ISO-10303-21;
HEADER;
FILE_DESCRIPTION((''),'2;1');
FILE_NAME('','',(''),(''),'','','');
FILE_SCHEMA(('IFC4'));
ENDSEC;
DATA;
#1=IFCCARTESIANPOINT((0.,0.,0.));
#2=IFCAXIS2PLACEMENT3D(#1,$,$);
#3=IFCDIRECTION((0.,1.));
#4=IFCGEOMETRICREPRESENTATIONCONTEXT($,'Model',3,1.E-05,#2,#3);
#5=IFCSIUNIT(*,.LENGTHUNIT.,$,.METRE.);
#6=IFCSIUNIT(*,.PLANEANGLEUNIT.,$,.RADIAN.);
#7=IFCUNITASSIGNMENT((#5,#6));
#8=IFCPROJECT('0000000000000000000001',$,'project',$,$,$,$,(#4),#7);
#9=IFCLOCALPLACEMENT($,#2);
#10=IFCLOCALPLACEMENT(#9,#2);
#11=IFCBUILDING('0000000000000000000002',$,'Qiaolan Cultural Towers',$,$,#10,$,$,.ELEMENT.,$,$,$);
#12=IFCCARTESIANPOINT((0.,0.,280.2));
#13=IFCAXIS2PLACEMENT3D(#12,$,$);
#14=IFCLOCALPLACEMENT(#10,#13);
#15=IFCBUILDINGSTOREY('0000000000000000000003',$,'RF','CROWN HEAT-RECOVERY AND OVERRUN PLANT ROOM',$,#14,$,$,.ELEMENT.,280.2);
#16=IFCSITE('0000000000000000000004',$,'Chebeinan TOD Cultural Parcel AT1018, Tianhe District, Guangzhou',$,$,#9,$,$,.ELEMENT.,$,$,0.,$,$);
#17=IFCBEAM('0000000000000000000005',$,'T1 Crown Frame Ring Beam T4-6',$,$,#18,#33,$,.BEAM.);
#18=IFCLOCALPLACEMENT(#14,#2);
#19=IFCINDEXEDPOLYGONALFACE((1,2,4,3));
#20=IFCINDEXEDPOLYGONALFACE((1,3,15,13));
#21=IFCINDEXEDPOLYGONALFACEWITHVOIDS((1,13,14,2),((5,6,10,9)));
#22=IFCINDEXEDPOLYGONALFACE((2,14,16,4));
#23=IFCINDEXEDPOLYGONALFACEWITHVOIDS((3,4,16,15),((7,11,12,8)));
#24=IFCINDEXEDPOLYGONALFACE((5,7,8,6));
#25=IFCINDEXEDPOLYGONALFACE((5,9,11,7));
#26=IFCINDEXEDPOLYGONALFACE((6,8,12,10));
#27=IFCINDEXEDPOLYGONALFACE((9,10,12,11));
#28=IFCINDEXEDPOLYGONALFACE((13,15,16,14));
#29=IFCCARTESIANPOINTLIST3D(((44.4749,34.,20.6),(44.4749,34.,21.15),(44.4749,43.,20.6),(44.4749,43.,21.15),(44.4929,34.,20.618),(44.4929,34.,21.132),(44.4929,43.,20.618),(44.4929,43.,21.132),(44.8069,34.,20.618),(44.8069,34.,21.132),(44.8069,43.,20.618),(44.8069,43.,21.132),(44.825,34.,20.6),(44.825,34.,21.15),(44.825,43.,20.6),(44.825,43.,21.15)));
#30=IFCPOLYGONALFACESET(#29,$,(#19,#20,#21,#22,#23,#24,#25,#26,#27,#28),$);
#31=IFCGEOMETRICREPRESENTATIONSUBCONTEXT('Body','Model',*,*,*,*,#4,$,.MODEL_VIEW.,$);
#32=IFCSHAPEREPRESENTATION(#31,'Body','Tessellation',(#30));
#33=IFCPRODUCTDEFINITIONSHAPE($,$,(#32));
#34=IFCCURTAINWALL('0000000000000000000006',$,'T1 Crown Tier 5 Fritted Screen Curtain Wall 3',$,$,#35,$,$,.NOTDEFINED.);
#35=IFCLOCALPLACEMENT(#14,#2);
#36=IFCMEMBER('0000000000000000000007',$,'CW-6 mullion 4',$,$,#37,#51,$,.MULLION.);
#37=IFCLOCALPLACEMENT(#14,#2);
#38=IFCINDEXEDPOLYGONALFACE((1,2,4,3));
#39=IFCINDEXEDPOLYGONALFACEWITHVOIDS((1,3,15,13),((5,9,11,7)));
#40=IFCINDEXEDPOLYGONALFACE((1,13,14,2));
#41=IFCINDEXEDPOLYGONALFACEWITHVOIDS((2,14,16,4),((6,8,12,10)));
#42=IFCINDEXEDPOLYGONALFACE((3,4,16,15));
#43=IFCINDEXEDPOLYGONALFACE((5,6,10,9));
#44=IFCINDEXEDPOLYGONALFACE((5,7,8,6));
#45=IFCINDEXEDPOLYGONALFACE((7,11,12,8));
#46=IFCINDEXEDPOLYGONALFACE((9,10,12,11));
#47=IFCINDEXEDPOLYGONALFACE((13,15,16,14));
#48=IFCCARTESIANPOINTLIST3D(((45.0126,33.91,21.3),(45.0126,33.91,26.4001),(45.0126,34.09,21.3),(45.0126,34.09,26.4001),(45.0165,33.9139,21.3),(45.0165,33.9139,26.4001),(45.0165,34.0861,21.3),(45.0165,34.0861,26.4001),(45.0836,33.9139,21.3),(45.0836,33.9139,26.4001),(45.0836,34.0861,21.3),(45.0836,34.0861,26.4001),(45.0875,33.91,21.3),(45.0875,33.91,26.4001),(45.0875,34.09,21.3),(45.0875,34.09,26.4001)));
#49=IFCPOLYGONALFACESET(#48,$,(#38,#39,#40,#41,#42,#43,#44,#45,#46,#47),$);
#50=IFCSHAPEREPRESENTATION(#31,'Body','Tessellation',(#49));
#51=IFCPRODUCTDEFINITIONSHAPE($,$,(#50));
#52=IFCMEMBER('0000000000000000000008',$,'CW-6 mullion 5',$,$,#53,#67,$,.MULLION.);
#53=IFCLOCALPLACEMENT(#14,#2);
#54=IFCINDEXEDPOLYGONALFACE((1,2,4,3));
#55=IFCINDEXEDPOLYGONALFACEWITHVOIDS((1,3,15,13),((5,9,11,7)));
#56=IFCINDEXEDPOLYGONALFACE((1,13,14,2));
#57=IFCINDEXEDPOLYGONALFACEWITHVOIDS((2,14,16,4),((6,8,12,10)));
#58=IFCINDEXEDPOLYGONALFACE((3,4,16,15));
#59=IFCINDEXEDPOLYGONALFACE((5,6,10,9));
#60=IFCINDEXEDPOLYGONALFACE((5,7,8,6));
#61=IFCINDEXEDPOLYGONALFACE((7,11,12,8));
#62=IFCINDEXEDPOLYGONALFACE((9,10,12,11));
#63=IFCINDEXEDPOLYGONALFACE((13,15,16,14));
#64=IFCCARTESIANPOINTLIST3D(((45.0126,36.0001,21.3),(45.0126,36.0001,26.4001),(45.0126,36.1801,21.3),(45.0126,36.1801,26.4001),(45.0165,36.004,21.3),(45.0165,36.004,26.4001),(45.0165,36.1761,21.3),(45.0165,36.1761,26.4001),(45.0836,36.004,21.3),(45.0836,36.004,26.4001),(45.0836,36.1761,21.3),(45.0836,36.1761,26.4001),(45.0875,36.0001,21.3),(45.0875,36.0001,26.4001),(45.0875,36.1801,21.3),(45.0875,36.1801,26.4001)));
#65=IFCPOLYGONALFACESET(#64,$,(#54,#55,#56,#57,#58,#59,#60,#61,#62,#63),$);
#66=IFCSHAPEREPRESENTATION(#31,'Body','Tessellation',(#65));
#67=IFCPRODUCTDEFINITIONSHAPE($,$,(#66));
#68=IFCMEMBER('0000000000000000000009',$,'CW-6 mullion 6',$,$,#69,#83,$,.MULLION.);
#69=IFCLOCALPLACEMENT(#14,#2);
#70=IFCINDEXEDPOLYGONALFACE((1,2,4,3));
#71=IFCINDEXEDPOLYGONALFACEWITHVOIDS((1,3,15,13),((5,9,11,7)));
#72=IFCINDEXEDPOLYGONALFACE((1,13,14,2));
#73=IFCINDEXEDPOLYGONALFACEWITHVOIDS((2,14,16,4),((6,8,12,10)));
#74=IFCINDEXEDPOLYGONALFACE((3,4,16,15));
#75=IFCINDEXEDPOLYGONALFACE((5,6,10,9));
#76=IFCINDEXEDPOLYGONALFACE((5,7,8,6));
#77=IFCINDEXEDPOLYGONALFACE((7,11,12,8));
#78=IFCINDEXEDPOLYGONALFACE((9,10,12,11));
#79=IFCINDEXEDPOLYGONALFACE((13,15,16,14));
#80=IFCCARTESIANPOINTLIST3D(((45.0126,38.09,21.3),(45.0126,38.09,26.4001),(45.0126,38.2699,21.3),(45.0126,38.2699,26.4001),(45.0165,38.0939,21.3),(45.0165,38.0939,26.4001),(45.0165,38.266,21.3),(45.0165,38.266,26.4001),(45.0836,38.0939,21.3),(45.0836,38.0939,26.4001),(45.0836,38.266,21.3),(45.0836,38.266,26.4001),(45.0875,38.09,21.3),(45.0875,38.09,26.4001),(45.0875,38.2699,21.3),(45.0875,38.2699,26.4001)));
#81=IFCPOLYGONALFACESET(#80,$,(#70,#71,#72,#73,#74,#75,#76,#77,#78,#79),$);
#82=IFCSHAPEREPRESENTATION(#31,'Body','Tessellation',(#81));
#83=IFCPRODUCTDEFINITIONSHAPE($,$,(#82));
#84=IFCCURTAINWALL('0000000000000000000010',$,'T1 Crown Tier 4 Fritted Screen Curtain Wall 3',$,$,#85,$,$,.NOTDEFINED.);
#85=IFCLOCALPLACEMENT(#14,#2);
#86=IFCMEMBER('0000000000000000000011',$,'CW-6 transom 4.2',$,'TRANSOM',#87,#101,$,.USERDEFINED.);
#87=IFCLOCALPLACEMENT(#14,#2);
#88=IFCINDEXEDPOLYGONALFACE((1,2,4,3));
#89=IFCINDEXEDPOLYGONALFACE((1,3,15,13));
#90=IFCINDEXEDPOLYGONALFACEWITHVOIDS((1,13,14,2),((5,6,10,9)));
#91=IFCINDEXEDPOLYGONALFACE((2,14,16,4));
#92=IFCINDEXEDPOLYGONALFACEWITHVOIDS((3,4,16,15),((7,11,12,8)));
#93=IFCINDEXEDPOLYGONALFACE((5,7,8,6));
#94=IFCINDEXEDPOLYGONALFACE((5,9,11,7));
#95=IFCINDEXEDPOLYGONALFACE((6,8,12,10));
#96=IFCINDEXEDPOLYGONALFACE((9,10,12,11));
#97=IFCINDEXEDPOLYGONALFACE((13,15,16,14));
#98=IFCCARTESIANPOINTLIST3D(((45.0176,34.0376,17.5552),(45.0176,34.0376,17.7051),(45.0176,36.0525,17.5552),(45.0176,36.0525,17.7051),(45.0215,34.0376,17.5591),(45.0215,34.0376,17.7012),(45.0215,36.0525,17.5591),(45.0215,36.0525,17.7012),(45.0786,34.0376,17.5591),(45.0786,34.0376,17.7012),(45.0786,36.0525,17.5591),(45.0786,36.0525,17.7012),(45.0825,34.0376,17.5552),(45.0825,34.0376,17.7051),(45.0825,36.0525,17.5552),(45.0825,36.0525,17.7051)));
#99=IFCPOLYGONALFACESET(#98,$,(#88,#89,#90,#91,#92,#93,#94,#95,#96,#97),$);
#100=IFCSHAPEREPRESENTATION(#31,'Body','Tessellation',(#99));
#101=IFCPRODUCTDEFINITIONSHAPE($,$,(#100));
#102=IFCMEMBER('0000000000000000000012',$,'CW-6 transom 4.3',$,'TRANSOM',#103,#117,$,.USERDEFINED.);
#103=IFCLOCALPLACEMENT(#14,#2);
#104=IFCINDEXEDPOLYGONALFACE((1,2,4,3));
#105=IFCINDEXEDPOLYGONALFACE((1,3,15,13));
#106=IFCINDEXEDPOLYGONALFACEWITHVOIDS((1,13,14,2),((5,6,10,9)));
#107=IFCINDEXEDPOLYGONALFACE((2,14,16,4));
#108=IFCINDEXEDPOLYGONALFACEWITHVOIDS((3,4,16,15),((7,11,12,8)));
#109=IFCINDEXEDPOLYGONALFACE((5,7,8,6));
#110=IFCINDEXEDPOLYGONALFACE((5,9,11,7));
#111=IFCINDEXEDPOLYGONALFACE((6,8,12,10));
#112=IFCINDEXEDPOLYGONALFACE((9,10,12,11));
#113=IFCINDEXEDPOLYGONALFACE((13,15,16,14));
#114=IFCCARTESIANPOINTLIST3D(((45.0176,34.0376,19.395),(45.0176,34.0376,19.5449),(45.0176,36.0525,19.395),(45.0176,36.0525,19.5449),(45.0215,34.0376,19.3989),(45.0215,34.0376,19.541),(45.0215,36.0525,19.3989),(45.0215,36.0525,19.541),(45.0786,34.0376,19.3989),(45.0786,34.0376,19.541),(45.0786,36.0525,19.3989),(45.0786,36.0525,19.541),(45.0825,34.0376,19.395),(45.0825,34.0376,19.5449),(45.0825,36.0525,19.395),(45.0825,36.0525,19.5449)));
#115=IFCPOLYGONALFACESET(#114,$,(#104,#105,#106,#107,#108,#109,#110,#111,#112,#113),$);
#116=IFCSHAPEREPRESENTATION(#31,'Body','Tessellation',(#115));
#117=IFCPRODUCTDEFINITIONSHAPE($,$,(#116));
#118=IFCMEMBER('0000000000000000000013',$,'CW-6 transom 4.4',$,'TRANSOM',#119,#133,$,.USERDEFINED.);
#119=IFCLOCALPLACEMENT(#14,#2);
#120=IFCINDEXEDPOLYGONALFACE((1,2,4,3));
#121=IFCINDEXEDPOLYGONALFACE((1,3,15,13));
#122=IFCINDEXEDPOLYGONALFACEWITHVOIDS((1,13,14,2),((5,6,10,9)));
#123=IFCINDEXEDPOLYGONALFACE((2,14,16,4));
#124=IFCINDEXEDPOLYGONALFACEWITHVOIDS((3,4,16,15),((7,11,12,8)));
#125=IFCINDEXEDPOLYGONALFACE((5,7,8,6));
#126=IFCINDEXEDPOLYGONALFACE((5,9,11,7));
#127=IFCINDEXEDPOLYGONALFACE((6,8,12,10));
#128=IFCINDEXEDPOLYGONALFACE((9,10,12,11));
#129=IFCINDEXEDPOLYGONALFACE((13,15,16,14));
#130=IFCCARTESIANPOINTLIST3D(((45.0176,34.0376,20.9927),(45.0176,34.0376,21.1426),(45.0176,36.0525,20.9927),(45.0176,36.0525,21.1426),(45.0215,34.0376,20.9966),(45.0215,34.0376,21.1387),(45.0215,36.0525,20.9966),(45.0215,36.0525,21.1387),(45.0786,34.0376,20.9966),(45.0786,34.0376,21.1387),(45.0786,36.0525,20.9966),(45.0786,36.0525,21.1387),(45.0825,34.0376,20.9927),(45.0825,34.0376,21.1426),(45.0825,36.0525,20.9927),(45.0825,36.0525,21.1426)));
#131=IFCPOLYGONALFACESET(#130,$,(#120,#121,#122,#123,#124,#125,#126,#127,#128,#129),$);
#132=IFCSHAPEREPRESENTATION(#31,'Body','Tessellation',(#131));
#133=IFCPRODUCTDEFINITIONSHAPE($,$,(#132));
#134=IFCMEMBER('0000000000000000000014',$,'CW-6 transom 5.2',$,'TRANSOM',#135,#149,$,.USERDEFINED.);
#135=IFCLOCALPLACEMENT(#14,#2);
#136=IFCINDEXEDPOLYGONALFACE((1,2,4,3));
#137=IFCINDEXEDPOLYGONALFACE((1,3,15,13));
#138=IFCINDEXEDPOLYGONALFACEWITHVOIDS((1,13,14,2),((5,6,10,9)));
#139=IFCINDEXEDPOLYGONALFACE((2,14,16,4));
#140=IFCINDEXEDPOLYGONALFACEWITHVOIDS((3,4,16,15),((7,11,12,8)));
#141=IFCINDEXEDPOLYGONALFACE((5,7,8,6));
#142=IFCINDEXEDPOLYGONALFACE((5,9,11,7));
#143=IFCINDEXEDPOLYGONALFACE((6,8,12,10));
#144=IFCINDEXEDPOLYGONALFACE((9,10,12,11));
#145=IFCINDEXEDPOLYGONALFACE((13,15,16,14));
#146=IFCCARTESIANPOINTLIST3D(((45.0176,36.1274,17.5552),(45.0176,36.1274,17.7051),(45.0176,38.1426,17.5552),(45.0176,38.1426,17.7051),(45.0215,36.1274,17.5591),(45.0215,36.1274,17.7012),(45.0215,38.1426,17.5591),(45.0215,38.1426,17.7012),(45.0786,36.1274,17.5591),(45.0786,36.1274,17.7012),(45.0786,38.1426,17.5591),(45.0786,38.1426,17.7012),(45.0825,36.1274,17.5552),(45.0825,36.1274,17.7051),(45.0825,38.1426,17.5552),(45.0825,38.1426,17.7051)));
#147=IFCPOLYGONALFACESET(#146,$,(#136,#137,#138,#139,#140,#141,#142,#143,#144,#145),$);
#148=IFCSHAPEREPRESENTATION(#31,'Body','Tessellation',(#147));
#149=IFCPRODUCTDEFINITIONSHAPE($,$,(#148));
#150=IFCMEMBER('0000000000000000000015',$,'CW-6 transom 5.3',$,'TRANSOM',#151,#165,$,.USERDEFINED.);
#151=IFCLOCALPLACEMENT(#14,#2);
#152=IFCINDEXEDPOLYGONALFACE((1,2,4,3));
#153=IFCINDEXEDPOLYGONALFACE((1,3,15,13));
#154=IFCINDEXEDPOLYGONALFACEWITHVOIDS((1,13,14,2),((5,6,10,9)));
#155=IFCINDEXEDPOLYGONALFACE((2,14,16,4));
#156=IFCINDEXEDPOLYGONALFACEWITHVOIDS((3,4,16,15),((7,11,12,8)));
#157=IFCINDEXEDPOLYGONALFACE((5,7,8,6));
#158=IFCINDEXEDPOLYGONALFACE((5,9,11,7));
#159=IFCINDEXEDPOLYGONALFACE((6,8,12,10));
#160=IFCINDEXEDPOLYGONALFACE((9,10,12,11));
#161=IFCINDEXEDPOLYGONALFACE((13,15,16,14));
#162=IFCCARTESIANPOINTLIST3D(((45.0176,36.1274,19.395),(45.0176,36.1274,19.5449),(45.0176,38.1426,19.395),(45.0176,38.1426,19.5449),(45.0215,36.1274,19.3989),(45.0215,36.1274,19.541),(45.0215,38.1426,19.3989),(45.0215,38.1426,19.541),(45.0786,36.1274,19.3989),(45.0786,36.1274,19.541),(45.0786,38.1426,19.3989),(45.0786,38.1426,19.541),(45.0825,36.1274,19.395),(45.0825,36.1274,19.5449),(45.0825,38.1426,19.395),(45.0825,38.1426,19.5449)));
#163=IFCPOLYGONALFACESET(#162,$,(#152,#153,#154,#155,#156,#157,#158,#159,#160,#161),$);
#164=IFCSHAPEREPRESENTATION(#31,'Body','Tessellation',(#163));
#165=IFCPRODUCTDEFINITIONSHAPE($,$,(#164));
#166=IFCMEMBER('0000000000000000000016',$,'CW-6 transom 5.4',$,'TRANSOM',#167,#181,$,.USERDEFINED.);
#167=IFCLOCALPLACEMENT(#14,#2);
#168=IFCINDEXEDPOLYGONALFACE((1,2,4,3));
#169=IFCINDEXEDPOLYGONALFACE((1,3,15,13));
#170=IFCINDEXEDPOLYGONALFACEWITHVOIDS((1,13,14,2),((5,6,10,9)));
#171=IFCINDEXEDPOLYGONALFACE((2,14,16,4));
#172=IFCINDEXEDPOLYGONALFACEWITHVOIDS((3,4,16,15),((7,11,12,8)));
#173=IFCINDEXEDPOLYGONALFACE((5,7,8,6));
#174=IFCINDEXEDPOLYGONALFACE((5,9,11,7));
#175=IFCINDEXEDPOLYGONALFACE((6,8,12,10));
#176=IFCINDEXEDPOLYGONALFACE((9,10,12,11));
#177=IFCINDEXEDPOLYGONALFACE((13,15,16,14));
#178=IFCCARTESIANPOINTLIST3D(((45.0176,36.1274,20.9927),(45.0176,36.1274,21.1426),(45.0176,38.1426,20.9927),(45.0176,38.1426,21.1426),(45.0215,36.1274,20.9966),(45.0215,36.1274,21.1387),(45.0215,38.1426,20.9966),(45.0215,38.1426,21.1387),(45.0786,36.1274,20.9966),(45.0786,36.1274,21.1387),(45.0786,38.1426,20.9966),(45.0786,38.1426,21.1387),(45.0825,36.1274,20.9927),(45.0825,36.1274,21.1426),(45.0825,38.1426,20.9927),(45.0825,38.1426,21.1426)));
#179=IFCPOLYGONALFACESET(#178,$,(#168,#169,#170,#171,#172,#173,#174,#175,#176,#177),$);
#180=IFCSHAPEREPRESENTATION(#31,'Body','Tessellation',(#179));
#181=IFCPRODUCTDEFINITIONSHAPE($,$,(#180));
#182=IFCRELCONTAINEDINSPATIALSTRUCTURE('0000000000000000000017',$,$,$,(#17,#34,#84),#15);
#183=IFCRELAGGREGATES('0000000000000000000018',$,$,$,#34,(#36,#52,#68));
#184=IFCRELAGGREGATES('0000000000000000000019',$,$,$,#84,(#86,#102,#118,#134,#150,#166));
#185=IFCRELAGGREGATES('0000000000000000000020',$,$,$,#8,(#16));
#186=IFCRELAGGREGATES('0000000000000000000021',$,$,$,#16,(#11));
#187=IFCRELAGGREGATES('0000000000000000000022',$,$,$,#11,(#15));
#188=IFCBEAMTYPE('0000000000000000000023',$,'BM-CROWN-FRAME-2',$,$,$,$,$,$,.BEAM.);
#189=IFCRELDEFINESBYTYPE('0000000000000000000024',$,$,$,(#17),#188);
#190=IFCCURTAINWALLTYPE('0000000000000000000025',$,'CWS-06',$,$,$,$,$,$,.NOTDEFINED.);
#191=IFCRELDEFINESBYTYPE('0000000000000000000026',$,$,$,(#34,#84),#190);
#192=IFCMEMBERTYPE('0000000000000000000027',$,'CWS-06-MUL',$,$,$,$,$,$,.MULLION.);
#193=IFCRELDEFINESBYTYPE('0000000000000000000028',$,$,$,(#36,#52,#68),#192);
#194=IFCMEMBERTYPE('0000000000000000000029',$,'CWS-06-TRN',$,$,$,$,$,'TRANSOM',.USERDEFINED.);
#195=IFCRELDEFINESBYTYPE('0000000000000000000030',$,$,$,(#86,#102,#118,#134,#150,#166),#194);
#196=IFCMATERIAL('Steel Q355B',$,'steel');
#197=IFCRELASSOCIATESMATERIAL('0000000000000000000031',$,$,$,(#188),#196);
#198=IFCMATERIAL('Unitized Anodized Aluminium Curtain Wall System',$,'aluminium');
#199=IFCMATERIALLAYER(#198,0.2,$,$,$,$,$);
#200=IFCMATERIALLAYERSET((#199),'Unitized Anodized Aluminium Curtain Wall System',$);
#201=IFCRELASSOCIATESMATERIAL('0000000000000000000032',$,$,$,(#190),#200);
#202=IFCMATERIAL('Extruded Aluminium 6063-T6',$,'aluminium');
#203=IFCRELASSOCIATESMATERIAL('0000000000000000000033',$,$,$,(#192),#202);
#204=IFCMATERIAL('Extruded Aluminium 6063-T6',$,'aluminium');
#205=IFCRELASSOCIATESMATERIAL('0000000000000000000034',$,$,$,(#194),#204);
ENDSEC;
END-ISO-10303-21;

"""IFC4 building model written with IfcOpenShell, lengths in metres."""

from ifc_helpers import new_model, si_unit, direction, frame, origin, origin_2d, place, context, subcontext, project, spatial, hollow_rectangle, extrude, material, layer, layer_set, material_profile, profile_set, type_object, element, aggregate, save


model = new_model("IFC4")

# Units and contexts
model_context = context("Model", 3, precision=1e-05, world=origin(), true_north=direction((0.0, 1.0)))
body_context = subcontext(model_context, "Body", "Model", "MODEL_VIEW")
ifc_project = project(units=[si_unit("LENGTHUNIT", "METRE"), si_unit("PLANEANGLEUNIT", "RADIAN")], contexts=[model_context])

# Site, building, storey
site_placement = place(None, origin())
site = spatial("IfcSite", under=ifc_project, at=site_placement, Name="Chebeinan TOD Cultural Parcel AT1018, Tianhe District, Guangzhou", CompositionType="ELEMENT", RefElevation=0.0)
building_placement = place(site_placement, origin())
building = spatial("IfcBuilding", under=site, at=building_placement, Name="Qiaolan Cultural Towers", CompositionType="ELEMENT")
storey_placement = place(building_placement, frame((0.0, 0.0, 280.2)))
storey = spatial("IfcBuildingStorey", under=building, at=storey_placement, Name="RF", Description="CROWN HEAT-RECOVERY AND OVERRUN PLANT ROOM", CompositionType="ELEMENT", Elevation=280.2)

# Beam
ifc_material_1 = material(Name="Steel Q355B", Category="steel")
ifc_material_profile_1 = material_profile(ifc_material_1, hollow_rectangle(XDim=0.3501, YDim=0.55, WallThickness=0.0181, at=origin_2d()), Name="BOX550x350x18")
ifc_profile_set_1 = profile_set([ifc_material_profile_1], Name="Steel Q355B")
beam_type = type_object("IfcBeamType", Name="BM-CROWN-FRAME-2", PredefinedType="BEAM", material=ifc_profile_set_1)
beam_placement = place(storey_placement, frame((44.6499, 34.0, 20.875), z_axis=(0.0, 1.0, 0.0), x_axis=(-1.0, 0.0, 0.0)))
element("IfcBeam", 1, at=beam_placement, inside=storey, type_object=beam_type, Name="T1 Crown Frame Ring Beam T4-6", PredefinedType="BEAM", context=body_context, shape_type="SweptSolid", body=[
    extrude(hollow_rectangle(XDim=0.3501, YDim=0.55, WallThickness=0.0181, at=origin_2d()), origin(), (0.0, 0.0, 1.0), 9.0),
])

# Curtain walls, members
ifc_material_2 = material(Name="Unitized Anodized Aluminium Curtain Wall System", Category="aluminium")
ifc_layer_1 = layer(ifc_material_2, 0.2)
ifc_layer_set_1 = layer_set([ifc_layer_1], Name="Unitized Anodized Aluminium Curtain Wall System")
curtain_wall_type = type_object("IfcCurtainWallType", Name="CWS-06", PredefinedType="NOTDEFINED", material=ifc_layer_set_1)
curtain_wall_1_placement = place(storey_placement, origin())
curtain_wall_1 = element("IfcCurtainWall", 2, at=curtain_wall_1_placement, inside=storey, type_object=curtain_wall_type, Name="T1 Crown Tier 5 Fritted Screen Curtain Wall 3", PredefinedType="NOTDEFINED")
ifc_material_3 = material(Name="Extruded Aluminium 6063-T6", Category="aluminium")
ifc_material_profile_2 = material_profile(ifc_material_3, hollow_rectangle(XDim=0.075, YDim=0.1799, WallThickness=0.0039, at=origin_2d()), Name="CWM-180x75x4")
ifc_profile_set_2 = profile_set([ifc_material_profile_2], Name="Extruded Aluminium 6063-T6")
member_type_1 = type_object("IfcMemberType", Name="CWS-06-MUL", PredefinedType="MULLION", material=ifc_profile_set_2)
member_1_placement = place(storey_placement, frame((45.05, 34.0, 21.3), z_axis=(0.0, 0.0, 1.0), x_axis=(-1.0, 0.0, 0.0)))
member_1 = element("IfcMember", 3, at=member_1_placement, type_object=member_type_1, Name="CW-6 mullion 4", PredefinedType="MULLION", context=body_context, shape_type="SweptSolid", body=[
    extrude(hollow_rectangle(XDim=0.075, YDim=0.1799, WallThickness=0.0039, at=origin_2d()), origin(), (0.0, 0.0, 1.0), 5.1001),
])
member_2_placement = place(storey_placement, frame((45.05, 36.0901, 21.3), z_axis=(0.0, 0.0, 1.0), x_axis=(-1.0, 0.0, 0.0)))
member_2 = element("IfcMember", 4, at=member_2_placement, type_object=member_type_1, Name="CW-6 mullion 5", PredefinedType="MULLION", context=body_context, shape_type="SweptSolid", body=[
    extrude(hollow_rectangle(XDim=0.075, YDim=0.1799, WallThickness=0.0039, at=origin_2d()), origin(), (0.0, 0.0, 1.0), 5.1001),
])
member_3_placement = place(storey_placement, frame((45.05, 38.1799, 21.3), z_axis=(0.0, 0.0, 1.0), x_axis=(-1.0, 0.0, 0.0)))
member_3 = element("IfcMember", 5, at=member_3_placement, type_object=member_type_1, Name="CW-6 mullion 6", PredefinedType="MULLION", context=body_context, shape_type="SweptSolid", body=[
    extrude(hollow_rectangle(XDim=0.075, YDim=0.1799, WallThickness=0.0039, at=origin_2d()), origin(), (0.0, 0.0, 1.0), 5.1001),
])
curtain_wall_2_placement = place(storey_placement, origin())
curtain_wall_2 = element("IfcCurtainWall", 6, at=curtain_wall_2_placement, inside=storey, type_object=curtain_wall_type, Name="T1 Crown Tier 4 Fritted Screen Curtain Wall 3", PredefinedType="NOTDEFINED")
ifc_material_4 = material(Name="Extruded Aluminium 6063-T6", Category="aluminium")
ifc_material_profile_3 = material_profile(ifc_material_4, hollow_rectangle(XDim=0.0649, YDim=0.1499, WallThickness=0.0039, at=origin_2d()), Name="CWT-150x65x4")
ifc_profile_set_3 = profile_set([ifc_material_profile_3], Name="Extruded Aluminium 6063-T6")
member_type_2 = type_object("IfcMemberType", Name="CWS-06-TRN", ElementType="TRANSOM", PredefinedType="USERDEFINED", material=ifc_profile_set_3)
member_4_placement = place(storey_placement, frame((45.05, 34.0376, 17.6301), z_axis=(0.0, 1.0, 0.0), x_axis=(-1.0, 0.0, 0.0)))
member_4 = element("IfcMember", 7, at=member_4_placement, type_object=member_type_2, Name="CW-6 transom 4.2", ObjectType="TRANSOM", PredefinedType="USERDEFINED", context=body_context, shape_type="SweptSolid", body=[
    extrude(hollow_rectangle(XDim=0.0649, YDim=0.1499, WallThickness=0.0039, at=origin_2d()), origin(), (0.0, 0.0, 1.0), 2.0149),
])
member_5_placement = place(storey_placement, frame((45.05, 34.0376, 19.47), z_axis=(0.0, 1.0, 0.0), x_axis=(-1.0, 0.0, 0.0)))
member_5 = element("IfcMember", 8, at=member_5_placement, type_object=member_type_2, Name="CW-6 transom 4.3", ObjectType="TRANSOM", PredefinedType="USERDEFINED", context=body_context, shape_type="SweptSolid", body=[
    extrude(hollow_rectangle(XDim=0.0649, YDim=0.1499, WallThickness=0.0039, at=origin_2d()), origin(), (0.0, 0.0, 1.0), 2.0149),
])
member_6_placement = place(storey_placement, frame((45.05, 34.0376, 21.0676), z_axis=(0.0, 1.0, 0.0), x_axis=(-1.0, 0.0, 0.0)))
member_6 = element("IfcMember", 9, at=member_6_placement, type_object=member_type_2, Name="CW-6 transom 4.4", ObjectType="TRANSOM", PredefinedType="USERDEFINED", context=body_context, shape_type="SweptSolid", body=[
    extrude(hollow_rectangle(XDim=0.0649, YDim=0.1499, WallThickness=0.0039, at=origin_2d()), origin(), (0.0, 0.0, 1.0), 2.0149),
])
member_7_placement = place(storey_placement, frame((45.05, 36.1274, 17.6301), z_axis=(0.0, 1.0, 0.0), x_axis=(-1.0, 0.0, 0.0)))
member_7 = element("IfcMember", 10, at=member_7_placement, type_object=member_type_2, Name="CW-6 transom 5.2", ObjectType="TRANSOM", PredefinedType="USERDEFINED", context=body_context, shape_type="SweptSolid", body=[
    extrude(hollow_rectangle(XDim=0.0649, YDim=0.1499, WallThickness=0.0039, at=origin_2d()), origin(), (0.0, 0.0, 1.0), 2.0151),
])
member_8_placement = place(storey_placement, frame((45.05, 36.1274, 19.47), z_axis=(0.0, 1.0, 0.0), x_axis=(-1.0, 0.0, 0.0)))
member_8 = element("IfcMember", 11, at=member_8_placement, type_object=member_type_2, Name="CW-6 transom 5.3", ObjectType="TRANSOM", PredefinedType="USERDEFINED", context=body_context, shape_type="SweptSolid", body=[
    extrude(hollow_rectangle(XDim=0.0649, YDim=0.1499, WallThickness=0.0039, at=origin_2d()), origin(), (0.0, 0.0, 1.0), 2.0151),
])
member_9_placement = place(storey_placement, frame((45.05, 36.1274, 21.0676), z_axis=(0.0, 1.0, 0.0), x_axis=(-1.0, 0.0, 0.0)))
member_9 = element("IfcMember", 12, at=member_9_placement, type_object=member_type_2, Name="CW-6 transom 5.4", ObjectType="TRANSOM", PredefinedType="USERDEFINED", context=body_context, shape_type="SweptSolid", body=[
    extrude(hollow_rectangle(XDim=0.0649, YDim=0.1499, WallThickness=0.0039, at=origin_2d()), origin(), (0.0, 0.0, 1.0), 2.0151),
])

aggregate(curtain_wall_1, [member_1, member_2, member_3])

aggregate(curtain_wall_2, [member_4, member_5, member_6, member_7, member_8, member_9])

save(model, "model.ifc")
